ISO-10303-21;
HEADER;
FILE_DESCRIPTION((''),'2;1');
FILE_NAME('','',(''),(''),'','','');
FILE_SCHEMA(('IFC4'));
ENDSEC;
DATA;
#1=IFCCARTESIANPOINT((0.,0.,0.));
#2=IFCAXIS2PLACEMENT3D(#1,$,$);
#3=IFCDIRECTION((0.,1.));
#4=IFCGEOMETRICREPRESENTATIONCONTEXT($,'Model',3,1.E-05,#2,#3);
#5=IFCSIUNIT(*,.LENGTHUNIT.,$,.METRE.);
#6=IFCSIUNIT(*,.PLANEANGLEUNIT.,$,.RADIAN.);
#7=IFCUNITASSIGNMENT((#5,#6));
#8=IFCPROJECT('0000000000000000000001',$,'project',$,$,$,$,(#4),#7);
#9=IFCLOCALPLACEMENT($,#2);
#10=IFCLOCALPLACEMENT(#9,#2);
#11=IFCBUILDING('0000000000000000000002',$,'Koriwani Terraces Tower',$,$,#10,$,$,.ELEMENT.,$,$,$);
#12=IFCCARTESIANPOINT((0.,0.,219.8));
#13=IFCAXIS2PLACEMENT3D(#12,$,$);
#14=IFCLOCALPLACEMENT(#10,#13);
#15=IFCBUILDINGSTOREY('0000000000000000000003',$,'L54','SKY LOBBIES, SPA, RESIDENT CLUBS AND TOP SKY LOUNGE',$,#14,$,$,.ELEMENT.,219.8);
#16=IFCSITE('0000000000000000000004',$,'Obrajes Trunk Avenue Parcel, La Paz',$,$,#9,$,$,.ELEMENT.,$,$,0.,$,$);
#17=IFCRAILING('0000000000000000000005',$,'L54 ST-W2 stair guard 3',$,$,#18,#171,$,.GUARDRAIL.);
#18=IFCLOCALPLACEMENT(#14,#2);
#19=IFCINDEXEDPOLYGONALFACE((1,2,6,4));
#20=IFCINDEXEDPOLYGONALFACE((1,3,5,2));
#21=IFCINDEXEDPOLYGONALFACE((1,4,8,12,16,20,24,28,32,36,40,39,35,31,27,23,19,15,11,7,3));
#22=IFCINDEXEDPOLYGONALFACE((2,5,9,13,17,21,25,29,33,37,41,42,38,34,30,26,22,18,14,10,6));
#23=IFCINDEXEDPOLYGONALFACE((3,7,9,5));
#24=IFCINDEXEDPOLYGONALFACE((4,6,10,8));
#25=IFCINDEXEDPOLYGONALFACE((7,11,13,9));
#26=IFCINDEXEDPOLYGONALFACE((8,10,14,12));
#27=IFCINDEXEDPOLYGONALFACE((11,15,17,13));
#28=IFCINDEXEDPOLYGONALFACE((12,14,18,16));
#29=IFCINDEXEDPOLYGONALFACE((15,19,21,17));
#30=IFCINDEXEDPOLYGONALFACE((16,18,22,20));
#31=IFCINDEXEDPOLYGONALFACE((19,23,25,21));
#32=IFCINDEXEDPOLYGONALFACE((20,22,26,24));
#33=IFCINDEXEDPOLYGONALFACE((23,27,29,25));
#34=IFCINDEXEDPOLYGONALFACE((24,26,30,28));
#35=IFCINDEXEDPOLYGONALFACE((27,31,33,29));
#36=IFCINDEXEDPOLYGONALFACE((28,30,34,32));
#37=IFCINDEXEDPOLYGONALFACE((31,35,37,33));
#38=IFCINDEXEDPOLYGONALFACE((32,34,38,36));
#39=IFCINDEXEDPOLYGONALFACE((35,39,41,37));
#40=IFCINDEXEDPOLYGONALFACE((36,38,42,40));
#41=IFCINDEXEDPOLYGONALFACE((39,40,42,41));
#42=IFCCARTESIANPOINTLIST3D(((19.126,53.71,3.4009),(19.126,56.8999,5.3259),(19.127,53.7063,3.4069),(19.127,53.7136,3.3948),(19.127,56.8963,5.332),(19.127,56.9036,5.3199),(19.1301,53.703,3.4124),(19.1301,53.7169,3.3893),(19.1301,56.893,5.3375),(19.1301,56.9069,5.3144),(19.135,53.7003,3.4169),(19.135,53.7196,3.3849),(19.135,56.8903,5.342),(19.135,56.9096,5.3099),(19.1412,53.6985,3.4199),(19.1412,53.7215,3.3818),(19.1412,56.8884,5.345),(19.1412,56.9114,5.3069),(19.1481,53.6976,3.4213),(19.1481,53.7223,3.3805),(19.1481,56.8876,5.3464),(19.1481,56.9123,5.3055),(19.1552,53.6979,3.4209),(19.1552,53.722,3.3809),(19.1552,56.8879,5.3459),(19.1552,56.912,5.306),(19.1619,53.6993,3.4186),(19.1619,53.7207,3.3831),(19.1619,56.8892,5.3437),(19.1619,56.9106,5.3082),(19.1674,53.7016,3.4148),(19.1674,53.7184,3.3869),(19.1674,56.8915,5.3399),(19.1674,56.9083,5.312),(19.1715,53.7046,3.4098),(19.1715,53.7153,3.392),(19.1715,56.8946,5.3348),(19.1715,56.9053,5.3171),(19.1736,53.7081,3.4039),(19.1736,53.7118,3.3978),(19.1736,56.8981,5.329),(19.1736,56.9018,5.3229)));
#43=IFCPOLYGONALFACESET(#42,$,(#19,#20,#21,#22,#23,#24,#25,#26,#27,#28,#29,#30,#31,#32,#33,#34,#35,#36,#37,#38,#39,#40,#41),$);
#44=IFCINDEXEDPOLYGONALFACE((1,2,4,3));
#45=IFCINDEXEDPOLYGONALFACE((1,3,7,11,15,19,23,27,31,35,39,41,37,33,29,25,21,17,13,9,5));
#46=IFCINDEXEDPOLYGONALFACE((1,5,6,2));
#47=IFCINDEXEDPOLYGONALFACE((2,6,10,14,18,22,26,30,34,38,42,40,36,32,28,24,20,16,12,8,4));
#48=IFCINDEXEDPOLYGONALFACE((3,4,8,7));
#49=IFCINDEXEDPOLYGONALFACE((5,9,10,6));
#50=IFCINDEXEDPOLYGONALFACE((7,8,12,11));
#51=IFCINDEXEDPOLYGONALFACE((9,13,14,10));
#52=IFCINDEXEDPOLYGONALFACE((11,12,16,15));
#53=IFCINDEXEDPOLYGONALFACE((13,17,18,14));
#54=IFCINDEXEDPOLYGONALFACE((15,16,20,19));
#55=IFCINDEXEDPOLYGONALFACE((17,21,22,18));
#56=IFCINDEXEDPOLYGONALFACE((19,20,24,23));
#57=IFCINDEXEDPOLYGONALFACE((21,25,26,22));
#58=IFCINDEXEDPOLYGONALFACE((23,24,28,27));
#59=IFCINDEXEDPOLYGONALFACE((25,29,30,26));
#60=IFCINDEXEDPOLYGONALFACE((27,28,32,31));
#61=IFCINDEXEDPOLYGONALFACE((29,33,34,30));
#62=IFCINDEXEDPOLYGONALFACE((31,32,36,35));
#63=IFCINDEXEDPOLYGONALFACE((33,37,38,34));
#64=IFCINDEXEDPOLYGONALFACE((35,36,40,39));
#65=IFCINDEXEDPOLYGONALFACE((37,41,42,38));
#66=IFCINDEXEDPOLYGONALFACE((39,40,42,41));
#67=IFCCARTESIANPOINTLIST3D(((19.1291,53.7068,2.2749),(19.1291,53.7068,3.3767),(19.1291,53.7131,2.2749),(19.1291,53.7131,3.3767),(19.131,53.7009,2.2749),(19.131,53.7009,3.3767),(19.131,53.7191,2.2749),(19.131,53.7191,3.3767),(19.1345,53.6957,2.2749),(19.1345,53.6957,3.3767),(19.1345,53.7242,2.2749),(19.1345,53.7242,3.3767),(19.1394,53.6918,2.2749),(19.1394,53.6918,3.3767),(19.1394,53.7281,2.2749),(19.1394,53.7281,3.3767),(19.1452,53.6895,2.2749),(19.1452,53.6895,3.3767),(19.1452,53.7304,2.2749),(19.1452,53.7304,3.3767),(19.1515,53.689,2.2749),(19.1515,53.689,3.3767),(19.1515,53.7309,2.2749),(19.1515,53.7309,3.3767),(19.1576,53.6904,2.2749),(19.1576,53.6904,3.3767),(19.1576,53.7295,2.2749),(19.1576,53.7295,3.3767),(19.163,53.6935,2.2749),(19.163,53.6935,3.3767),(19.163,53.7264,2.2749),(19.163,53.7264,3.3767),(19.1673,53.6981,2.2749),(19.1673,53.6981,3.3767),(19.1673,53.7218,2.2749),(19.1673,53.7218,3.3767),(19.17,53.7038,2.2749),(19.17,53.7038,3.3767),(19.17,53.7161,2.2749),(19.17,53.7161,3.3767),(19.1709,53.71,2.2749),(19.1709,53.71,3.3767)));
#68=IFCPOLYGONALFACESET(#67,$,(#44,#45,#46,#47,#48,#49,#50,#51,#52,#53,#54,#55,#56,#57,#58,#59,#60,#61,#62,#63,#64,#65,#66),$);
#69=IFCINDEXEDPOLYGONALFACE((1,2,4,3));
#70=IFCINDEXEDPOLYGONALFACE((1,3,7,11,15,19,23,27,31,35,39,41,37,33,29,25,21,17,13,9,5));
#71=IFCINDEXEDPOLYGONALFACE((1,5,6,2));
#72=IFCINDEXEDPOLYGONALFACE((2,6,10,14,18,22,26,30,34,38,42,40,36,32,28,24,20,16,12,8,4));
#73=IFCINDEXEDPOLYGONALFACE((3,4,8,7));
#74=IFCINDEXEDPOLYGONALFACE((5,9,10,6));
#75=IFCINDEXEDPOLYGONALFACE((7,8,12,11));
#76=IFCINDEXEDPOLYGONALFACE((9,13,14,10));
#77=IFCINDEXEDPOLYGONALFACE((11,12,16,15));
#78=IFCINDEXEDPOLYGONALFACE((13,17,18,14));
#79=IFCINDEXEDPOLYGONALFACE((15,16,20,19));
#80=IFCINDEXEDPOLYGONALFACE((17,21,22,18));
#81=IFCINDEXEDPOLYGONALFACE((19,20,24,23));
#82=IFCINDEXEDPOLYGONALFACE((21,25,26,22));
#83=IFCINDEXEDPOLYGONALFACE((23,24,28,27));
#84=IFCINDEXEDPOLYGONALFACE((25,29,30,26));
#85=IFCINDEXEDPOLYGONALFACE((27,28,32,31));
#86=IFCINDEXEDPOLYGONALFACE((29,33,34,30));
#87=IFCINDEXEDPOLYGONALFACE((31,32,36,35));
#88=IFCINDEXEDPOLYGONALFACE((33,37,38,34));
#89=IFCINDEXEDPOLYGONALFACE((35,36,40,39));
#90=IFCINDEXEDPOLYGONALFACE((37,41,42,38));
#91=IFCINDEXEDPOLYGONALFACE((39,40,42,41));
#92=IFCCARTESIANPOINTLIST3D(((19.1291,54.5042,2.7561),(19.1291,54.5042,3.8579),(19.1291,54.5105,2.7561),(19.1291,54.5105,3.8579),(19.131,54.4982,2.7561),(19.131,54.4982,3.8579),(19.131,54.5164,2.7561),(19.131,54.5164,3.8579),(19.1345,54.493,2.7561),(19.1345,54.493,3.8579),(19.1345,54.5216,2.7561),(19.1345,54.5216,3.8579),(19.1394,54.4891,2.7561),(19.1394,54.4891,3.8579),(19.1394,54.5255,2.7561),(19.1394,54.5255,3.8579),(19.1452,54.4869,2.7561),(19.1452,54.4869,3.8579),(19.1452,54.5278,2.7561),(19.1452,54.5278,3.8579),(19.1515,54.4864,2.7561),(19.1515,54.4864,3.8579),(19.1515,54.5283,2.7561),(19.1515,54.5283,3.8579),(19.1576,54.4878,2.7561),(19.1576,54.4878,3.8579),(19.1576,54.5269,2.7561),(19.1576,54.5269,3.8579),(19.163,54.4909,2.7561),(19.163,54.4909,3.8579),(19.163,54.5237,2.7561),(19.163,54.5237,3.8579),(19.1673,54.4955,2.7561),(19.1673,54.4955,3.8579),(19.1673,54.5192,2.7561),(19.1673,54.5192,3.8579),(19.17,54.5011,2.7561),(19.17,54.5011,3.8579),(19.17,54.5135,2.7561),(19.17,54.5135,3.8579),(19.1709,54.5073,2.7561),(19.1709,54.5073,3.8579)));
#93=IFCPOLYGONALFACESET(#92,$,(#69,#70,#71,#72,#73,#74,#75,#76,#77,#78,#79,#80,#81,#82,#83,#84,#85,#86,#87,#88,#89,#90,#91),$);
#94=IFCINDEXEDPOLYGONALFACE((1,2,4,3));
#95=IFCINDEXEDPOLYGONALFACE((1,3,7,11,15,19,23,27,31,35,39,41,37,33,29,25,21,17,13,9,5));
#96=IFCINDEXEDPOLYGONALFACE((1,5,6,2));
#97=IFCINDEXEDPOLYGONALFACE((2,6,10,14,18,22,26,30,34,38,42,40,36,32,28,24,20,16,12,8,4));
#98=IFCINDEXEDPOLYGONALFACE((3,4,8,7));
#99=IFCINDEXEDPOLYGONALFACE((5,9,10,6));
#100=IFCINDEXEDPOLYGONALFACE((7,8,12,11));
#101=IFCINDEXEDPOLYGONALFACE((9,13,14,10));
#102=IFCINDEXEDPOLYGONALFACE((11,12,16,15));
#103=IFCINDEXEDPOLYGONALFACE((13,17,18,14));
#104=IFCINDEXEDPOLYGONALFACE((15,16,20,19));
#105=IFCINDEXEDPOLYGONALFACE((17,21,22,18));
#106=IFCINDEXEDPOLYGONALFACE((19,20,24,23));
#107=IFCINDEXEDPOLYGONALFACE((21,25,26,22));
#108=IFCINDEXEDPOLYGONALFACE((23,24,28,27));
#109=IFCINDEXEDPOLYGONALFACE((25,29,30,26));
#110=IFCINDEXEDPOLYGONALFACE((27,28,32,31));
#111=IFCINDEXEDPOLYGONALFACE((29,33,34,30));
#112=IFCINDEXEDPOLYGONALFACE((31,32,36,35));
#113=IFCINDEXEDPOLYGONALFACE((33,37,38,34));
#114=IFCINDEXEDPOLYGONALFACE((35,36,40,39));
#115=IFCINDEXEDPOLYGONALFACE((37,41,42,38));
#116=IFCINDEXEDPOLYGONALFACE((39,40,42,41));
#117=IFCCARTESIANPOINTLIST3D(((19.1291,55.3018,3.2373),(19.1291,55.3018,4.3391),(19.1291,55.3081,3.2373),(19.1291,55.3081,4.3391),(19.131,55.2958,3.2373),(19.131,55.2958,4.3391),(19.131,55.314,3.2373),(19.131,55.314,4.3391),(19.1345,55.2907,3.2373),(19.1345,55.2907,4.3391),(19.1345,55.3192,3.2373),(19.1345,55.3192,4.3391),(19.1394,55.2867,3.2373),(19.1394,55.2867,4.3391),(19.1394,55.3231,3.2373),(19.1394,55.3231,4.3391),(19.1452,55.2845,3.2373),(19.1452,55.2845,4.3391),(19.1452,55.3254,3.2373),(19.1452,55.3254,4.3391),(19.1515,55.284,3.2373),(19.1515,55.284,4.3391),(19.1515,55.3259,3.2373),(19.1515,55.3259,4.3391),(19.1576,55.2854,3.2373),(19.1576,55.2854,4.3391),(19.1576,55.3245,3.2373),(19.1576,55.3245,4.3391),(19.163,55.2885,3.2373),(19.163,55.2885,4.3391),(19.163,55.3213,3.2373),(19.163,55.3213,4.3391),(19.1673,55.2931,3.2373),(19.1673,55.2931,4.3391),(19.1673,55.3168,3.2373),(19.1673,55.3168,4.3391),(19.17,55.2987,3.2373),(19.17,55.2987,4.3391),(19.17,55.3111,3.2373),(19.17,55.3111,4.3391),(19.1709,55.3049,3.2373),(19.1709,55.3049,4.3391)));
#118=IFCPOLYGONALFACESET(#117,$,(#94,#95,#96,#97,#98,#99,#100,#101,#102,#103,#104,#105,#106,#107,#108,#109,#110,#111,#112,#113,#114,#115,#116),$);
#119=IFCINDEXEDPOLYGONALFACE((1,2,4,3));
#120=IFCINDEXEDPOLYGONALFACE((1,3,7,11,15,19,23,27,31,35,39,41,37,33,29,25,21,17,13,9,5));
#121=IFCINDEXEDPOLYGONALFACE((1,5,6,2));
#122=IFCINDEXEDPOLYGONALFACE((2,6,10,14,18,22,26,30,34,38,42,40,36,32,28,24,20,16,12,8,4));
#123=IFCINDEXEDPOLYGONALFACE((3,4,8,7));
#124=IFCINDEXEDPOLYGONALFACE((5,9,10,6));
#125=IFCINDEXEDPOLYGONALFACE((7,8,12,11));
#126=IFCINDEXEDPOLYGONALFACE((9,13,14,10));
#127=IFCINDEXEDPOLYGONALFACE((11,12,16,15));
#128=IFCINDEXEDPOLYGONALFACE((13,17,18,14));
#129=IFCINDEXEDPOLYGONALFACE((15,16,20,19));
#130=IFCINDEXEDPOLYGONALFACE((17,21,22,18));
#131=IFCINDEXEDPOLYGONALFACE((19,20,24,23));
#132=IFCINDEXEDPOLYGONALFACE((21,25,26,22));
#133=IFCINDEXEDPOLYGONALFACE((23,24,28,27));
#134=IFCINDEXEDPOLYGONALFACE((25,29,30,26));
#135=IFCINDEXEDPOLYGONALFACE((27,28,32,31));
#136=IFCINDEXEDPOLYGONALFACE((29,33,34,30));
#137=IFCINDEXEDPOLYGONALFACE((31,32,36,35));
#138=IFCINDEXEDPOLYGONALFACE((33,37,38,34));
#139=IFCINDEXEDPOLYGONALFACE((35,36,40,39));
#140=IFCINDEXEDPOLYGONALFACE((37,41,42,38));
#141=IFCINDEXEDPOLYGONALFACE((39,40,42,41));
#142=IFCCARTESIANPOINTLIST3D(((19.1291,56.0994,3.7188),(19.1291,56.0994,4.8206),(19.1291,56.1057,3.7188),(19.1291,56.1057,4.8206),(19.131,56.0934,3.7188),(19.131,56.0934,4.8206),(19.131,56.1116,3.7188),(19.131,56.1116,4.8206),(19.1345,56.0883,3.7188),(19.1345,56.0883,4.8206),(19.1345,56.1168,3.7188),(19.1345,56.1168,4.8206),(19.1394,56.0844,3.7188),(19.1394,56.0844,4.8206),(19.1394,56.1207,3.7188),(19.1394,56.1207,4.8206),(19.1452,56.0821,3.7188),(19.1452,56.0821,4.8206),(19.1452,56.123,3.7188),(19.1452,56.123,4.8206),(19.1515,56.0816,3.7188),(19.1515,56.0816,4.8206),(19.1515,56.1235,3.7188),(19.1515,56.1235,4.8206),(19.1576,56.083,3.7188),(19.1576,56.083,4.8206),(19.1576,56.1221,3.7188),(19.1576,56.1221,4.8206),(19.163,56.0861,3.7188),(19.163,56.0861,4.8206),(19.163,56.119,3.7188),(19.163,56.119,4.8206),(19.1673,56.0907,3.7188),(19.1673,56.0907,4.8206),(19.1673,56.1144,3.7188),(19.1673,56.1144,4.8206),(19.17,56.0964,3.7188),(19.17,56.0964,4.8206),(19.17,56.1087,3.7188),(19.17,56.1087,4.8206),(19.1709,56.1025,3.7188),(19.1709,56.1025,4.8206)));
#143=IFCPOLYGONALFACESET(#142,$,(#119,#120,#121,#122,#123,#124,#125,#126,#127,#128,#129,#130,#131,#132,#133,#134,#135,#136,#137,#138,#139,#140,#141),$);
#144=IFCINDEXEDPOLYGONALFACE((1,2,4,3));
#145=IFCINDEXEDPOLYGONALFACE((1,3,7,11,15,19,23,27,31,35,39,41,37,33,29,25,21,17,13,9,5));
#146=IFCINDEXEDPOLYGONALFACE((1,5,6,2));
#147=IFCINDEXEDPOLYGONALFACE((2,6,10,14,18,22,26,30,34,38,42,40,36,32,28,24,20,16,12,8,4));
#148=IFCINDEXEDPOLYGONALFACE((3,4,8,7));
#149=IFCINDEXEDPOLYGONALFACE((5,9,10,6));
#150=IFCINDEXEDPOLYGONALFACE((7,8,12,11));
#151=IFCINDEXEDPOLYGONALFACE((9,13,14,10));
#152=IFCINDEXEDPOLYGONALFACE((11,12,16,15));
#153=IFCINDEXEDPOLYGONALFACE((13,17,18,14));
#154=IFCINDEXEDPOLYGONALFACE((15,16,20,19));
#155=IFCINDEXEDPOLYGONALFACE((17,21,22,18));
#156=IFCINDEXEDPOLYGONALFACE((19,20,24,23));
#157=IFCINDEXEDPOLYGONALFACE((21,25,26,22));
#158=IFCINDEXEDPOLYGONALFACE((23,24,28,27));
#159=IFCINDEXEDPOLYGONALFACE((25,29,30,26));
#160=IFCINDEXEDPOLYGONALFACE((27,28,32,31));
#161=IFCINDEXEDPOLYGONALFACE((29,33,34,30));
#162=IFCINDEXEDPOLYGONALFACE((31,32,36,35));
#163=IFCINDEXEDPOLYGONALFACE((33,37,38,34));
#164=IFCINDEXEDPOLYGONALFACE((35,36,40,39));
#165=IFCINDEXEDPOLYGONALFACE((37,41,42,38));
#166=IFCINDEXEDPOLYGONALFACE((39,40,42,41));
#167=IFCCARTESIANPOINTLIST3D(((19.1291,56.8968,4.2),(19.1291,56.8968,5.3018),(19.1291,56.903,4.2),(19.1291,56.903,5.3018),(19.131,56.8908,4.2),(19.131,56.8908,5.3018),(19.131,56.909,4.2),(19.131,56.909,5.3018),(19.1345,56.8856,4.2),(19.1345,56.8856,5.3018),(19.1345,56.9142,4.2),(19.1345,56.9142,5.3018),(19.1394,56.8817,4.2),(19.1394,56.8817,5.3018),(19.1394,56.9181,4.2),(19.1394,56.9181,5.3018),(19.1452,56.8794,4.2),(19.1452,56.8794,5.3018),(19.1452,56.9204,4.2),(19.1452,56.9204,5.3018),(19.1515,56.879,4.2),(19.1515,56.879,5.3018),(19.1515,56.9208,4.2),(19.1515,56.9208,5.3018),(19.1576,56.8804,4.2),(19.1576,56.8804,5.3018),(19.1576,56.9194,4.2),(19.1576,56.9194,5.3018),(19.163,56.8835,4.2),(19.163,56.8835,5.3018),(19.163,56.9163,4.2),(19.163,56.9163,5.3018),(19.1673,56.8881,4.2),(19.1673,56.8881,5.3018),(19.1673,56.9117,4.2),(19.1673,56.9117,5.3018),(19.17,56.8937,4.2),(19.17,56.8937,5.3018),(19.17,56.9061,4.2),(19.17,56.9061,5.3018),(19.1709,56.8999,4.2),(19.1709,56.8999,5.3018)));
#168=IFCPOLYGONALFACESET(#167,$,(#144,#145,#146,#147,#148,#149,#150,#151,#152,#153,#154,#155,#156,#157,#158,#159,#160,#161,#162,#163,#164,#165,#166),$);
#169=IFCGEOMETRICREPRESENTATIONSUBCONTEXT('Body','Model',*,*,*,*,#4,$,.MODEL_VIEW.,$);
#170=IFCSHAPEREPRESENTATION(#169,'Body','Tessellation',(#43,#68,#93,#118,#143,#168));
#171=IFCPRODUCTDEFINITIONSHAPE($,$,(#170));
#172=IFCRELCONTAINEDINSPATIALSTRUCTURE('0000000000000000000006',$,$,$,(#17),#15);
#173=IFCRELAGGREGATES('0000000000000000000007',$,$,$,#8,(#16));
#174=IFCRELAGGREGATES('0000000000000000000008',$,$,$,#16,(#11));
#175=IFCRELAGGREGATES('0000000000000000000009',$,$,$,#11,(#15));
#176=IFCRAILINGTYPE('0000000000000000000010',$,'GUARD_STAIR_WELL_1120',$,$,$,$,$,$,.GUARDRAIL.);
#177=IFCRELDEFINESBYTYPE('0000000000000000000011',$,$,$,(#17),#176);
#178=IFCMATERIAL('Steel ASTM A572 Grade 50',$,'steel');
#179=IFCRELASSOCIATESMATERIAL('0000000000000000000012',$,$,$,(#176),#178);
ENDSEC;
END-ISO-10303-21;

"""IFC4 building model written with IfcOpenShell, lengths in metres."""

from ifc_helpers import new_model, si_unit, direction, frame, origin, origin_2d, place, context, subcontext, project, spatial, circle, extrude, material, type_object, element, save


model = new_model("IFC4")

# Units and contexts
model_context = context("Model", 3, precision=1e-05, world=origin(), true_north=direction((0.0, 1.0)))
body_context = subcontext(model_context, "Body", "Model", "MODEL_VIEW")
ifc_project = project(units=[si_unit("LENGTHUNIT", "METRE"), si_unit("PLANEANGLEUNIT", "RADIAN")], contexts=[model_context])

# Site, building, storey
site_placement = place(None, origin())
site = spatial("IfcSite", under=ifc_project, at=site_placement, Name="Obrajes Trunk Avenue Parcel, La Paz", CompositionType="ELEMENT", RefElevation=0.0)
building_placement = place(site_placement, origin())
building = spatial("IfcBuilding", under=site, at=building_placement, Name="Koriwani Terraces Tower", CompositionType="ELEMENT")
storey_placement = place(building_placement, frame((0.0, 0.0, 219.8)))
storey = spatial("IfcBuildingStorey", under=building, at=storey_placement, Name="L54", Description="SKY LOBBIES, SPA, RESIDENT CLUBS AND TOP SKY LOUNGE", CompositionType="ELEMENT", Elevation=219.8)

# Shared definitions
ifc_material_1 = material(Name="Steel ASTM A572 Grade 50", Category="steel")

# Railing
railing_type_1 = type_object("IfcRailingType", Name="GUARD_STAIR_WELL_1120", PredefinedType="GUARDRAIL", material=ifc_material_1)
railing_1_placement = place(storey_placement, frame((19.1499, 53.71, 2.2749)))
element("IfcRailing", 1, at=railing_1_placement, inside=storey, type_object=railing_type_1, Name="L54 ST-W2 stair guard 3", PredefinedType="GUARDRAIL", context=body_context, shape_type="SweptSolid", body=[
    extrude(circle(Radius=0.0239, at=origin_2d()), frame((0.0, 0.0, 1.126), z_axis=(0.0, 0.856178, 0.516682), x_axis=(-1.0, 0.0, 0.0)), (0.0, 0.0, 1.0), 3.7258),
    extrude(circle(Radius=0.021, at=origin_2d()), origin(), (0.0, 0.0, 1.0), 1.1018),
    extrude(circle(Radius=0.021, at=origin_2d()), frame((0.0, 0.7974, 0.4812)), (0.0, 0.0, 1.0), 1.1018),
    extrude(circle(Radius=0.021, at=origin_2d()), frame((0.0, 1.595, 0.9624)), (0.0, 0.0, 1.0), 1.1018),
    extrude(circle(Radius=0.021, at=origin_2d()), frame((0.0, 2.3926, 1.4438)), (0.0, 0.0, 1.0), 1.1018),
    extrude(circle(Radius=0.021, at=origin_2d()), frame((0.0, 3.1899, 1.925)), (0.0, 0.0, 1.0), 1.1018),
])

save(model, "model.ifc")
